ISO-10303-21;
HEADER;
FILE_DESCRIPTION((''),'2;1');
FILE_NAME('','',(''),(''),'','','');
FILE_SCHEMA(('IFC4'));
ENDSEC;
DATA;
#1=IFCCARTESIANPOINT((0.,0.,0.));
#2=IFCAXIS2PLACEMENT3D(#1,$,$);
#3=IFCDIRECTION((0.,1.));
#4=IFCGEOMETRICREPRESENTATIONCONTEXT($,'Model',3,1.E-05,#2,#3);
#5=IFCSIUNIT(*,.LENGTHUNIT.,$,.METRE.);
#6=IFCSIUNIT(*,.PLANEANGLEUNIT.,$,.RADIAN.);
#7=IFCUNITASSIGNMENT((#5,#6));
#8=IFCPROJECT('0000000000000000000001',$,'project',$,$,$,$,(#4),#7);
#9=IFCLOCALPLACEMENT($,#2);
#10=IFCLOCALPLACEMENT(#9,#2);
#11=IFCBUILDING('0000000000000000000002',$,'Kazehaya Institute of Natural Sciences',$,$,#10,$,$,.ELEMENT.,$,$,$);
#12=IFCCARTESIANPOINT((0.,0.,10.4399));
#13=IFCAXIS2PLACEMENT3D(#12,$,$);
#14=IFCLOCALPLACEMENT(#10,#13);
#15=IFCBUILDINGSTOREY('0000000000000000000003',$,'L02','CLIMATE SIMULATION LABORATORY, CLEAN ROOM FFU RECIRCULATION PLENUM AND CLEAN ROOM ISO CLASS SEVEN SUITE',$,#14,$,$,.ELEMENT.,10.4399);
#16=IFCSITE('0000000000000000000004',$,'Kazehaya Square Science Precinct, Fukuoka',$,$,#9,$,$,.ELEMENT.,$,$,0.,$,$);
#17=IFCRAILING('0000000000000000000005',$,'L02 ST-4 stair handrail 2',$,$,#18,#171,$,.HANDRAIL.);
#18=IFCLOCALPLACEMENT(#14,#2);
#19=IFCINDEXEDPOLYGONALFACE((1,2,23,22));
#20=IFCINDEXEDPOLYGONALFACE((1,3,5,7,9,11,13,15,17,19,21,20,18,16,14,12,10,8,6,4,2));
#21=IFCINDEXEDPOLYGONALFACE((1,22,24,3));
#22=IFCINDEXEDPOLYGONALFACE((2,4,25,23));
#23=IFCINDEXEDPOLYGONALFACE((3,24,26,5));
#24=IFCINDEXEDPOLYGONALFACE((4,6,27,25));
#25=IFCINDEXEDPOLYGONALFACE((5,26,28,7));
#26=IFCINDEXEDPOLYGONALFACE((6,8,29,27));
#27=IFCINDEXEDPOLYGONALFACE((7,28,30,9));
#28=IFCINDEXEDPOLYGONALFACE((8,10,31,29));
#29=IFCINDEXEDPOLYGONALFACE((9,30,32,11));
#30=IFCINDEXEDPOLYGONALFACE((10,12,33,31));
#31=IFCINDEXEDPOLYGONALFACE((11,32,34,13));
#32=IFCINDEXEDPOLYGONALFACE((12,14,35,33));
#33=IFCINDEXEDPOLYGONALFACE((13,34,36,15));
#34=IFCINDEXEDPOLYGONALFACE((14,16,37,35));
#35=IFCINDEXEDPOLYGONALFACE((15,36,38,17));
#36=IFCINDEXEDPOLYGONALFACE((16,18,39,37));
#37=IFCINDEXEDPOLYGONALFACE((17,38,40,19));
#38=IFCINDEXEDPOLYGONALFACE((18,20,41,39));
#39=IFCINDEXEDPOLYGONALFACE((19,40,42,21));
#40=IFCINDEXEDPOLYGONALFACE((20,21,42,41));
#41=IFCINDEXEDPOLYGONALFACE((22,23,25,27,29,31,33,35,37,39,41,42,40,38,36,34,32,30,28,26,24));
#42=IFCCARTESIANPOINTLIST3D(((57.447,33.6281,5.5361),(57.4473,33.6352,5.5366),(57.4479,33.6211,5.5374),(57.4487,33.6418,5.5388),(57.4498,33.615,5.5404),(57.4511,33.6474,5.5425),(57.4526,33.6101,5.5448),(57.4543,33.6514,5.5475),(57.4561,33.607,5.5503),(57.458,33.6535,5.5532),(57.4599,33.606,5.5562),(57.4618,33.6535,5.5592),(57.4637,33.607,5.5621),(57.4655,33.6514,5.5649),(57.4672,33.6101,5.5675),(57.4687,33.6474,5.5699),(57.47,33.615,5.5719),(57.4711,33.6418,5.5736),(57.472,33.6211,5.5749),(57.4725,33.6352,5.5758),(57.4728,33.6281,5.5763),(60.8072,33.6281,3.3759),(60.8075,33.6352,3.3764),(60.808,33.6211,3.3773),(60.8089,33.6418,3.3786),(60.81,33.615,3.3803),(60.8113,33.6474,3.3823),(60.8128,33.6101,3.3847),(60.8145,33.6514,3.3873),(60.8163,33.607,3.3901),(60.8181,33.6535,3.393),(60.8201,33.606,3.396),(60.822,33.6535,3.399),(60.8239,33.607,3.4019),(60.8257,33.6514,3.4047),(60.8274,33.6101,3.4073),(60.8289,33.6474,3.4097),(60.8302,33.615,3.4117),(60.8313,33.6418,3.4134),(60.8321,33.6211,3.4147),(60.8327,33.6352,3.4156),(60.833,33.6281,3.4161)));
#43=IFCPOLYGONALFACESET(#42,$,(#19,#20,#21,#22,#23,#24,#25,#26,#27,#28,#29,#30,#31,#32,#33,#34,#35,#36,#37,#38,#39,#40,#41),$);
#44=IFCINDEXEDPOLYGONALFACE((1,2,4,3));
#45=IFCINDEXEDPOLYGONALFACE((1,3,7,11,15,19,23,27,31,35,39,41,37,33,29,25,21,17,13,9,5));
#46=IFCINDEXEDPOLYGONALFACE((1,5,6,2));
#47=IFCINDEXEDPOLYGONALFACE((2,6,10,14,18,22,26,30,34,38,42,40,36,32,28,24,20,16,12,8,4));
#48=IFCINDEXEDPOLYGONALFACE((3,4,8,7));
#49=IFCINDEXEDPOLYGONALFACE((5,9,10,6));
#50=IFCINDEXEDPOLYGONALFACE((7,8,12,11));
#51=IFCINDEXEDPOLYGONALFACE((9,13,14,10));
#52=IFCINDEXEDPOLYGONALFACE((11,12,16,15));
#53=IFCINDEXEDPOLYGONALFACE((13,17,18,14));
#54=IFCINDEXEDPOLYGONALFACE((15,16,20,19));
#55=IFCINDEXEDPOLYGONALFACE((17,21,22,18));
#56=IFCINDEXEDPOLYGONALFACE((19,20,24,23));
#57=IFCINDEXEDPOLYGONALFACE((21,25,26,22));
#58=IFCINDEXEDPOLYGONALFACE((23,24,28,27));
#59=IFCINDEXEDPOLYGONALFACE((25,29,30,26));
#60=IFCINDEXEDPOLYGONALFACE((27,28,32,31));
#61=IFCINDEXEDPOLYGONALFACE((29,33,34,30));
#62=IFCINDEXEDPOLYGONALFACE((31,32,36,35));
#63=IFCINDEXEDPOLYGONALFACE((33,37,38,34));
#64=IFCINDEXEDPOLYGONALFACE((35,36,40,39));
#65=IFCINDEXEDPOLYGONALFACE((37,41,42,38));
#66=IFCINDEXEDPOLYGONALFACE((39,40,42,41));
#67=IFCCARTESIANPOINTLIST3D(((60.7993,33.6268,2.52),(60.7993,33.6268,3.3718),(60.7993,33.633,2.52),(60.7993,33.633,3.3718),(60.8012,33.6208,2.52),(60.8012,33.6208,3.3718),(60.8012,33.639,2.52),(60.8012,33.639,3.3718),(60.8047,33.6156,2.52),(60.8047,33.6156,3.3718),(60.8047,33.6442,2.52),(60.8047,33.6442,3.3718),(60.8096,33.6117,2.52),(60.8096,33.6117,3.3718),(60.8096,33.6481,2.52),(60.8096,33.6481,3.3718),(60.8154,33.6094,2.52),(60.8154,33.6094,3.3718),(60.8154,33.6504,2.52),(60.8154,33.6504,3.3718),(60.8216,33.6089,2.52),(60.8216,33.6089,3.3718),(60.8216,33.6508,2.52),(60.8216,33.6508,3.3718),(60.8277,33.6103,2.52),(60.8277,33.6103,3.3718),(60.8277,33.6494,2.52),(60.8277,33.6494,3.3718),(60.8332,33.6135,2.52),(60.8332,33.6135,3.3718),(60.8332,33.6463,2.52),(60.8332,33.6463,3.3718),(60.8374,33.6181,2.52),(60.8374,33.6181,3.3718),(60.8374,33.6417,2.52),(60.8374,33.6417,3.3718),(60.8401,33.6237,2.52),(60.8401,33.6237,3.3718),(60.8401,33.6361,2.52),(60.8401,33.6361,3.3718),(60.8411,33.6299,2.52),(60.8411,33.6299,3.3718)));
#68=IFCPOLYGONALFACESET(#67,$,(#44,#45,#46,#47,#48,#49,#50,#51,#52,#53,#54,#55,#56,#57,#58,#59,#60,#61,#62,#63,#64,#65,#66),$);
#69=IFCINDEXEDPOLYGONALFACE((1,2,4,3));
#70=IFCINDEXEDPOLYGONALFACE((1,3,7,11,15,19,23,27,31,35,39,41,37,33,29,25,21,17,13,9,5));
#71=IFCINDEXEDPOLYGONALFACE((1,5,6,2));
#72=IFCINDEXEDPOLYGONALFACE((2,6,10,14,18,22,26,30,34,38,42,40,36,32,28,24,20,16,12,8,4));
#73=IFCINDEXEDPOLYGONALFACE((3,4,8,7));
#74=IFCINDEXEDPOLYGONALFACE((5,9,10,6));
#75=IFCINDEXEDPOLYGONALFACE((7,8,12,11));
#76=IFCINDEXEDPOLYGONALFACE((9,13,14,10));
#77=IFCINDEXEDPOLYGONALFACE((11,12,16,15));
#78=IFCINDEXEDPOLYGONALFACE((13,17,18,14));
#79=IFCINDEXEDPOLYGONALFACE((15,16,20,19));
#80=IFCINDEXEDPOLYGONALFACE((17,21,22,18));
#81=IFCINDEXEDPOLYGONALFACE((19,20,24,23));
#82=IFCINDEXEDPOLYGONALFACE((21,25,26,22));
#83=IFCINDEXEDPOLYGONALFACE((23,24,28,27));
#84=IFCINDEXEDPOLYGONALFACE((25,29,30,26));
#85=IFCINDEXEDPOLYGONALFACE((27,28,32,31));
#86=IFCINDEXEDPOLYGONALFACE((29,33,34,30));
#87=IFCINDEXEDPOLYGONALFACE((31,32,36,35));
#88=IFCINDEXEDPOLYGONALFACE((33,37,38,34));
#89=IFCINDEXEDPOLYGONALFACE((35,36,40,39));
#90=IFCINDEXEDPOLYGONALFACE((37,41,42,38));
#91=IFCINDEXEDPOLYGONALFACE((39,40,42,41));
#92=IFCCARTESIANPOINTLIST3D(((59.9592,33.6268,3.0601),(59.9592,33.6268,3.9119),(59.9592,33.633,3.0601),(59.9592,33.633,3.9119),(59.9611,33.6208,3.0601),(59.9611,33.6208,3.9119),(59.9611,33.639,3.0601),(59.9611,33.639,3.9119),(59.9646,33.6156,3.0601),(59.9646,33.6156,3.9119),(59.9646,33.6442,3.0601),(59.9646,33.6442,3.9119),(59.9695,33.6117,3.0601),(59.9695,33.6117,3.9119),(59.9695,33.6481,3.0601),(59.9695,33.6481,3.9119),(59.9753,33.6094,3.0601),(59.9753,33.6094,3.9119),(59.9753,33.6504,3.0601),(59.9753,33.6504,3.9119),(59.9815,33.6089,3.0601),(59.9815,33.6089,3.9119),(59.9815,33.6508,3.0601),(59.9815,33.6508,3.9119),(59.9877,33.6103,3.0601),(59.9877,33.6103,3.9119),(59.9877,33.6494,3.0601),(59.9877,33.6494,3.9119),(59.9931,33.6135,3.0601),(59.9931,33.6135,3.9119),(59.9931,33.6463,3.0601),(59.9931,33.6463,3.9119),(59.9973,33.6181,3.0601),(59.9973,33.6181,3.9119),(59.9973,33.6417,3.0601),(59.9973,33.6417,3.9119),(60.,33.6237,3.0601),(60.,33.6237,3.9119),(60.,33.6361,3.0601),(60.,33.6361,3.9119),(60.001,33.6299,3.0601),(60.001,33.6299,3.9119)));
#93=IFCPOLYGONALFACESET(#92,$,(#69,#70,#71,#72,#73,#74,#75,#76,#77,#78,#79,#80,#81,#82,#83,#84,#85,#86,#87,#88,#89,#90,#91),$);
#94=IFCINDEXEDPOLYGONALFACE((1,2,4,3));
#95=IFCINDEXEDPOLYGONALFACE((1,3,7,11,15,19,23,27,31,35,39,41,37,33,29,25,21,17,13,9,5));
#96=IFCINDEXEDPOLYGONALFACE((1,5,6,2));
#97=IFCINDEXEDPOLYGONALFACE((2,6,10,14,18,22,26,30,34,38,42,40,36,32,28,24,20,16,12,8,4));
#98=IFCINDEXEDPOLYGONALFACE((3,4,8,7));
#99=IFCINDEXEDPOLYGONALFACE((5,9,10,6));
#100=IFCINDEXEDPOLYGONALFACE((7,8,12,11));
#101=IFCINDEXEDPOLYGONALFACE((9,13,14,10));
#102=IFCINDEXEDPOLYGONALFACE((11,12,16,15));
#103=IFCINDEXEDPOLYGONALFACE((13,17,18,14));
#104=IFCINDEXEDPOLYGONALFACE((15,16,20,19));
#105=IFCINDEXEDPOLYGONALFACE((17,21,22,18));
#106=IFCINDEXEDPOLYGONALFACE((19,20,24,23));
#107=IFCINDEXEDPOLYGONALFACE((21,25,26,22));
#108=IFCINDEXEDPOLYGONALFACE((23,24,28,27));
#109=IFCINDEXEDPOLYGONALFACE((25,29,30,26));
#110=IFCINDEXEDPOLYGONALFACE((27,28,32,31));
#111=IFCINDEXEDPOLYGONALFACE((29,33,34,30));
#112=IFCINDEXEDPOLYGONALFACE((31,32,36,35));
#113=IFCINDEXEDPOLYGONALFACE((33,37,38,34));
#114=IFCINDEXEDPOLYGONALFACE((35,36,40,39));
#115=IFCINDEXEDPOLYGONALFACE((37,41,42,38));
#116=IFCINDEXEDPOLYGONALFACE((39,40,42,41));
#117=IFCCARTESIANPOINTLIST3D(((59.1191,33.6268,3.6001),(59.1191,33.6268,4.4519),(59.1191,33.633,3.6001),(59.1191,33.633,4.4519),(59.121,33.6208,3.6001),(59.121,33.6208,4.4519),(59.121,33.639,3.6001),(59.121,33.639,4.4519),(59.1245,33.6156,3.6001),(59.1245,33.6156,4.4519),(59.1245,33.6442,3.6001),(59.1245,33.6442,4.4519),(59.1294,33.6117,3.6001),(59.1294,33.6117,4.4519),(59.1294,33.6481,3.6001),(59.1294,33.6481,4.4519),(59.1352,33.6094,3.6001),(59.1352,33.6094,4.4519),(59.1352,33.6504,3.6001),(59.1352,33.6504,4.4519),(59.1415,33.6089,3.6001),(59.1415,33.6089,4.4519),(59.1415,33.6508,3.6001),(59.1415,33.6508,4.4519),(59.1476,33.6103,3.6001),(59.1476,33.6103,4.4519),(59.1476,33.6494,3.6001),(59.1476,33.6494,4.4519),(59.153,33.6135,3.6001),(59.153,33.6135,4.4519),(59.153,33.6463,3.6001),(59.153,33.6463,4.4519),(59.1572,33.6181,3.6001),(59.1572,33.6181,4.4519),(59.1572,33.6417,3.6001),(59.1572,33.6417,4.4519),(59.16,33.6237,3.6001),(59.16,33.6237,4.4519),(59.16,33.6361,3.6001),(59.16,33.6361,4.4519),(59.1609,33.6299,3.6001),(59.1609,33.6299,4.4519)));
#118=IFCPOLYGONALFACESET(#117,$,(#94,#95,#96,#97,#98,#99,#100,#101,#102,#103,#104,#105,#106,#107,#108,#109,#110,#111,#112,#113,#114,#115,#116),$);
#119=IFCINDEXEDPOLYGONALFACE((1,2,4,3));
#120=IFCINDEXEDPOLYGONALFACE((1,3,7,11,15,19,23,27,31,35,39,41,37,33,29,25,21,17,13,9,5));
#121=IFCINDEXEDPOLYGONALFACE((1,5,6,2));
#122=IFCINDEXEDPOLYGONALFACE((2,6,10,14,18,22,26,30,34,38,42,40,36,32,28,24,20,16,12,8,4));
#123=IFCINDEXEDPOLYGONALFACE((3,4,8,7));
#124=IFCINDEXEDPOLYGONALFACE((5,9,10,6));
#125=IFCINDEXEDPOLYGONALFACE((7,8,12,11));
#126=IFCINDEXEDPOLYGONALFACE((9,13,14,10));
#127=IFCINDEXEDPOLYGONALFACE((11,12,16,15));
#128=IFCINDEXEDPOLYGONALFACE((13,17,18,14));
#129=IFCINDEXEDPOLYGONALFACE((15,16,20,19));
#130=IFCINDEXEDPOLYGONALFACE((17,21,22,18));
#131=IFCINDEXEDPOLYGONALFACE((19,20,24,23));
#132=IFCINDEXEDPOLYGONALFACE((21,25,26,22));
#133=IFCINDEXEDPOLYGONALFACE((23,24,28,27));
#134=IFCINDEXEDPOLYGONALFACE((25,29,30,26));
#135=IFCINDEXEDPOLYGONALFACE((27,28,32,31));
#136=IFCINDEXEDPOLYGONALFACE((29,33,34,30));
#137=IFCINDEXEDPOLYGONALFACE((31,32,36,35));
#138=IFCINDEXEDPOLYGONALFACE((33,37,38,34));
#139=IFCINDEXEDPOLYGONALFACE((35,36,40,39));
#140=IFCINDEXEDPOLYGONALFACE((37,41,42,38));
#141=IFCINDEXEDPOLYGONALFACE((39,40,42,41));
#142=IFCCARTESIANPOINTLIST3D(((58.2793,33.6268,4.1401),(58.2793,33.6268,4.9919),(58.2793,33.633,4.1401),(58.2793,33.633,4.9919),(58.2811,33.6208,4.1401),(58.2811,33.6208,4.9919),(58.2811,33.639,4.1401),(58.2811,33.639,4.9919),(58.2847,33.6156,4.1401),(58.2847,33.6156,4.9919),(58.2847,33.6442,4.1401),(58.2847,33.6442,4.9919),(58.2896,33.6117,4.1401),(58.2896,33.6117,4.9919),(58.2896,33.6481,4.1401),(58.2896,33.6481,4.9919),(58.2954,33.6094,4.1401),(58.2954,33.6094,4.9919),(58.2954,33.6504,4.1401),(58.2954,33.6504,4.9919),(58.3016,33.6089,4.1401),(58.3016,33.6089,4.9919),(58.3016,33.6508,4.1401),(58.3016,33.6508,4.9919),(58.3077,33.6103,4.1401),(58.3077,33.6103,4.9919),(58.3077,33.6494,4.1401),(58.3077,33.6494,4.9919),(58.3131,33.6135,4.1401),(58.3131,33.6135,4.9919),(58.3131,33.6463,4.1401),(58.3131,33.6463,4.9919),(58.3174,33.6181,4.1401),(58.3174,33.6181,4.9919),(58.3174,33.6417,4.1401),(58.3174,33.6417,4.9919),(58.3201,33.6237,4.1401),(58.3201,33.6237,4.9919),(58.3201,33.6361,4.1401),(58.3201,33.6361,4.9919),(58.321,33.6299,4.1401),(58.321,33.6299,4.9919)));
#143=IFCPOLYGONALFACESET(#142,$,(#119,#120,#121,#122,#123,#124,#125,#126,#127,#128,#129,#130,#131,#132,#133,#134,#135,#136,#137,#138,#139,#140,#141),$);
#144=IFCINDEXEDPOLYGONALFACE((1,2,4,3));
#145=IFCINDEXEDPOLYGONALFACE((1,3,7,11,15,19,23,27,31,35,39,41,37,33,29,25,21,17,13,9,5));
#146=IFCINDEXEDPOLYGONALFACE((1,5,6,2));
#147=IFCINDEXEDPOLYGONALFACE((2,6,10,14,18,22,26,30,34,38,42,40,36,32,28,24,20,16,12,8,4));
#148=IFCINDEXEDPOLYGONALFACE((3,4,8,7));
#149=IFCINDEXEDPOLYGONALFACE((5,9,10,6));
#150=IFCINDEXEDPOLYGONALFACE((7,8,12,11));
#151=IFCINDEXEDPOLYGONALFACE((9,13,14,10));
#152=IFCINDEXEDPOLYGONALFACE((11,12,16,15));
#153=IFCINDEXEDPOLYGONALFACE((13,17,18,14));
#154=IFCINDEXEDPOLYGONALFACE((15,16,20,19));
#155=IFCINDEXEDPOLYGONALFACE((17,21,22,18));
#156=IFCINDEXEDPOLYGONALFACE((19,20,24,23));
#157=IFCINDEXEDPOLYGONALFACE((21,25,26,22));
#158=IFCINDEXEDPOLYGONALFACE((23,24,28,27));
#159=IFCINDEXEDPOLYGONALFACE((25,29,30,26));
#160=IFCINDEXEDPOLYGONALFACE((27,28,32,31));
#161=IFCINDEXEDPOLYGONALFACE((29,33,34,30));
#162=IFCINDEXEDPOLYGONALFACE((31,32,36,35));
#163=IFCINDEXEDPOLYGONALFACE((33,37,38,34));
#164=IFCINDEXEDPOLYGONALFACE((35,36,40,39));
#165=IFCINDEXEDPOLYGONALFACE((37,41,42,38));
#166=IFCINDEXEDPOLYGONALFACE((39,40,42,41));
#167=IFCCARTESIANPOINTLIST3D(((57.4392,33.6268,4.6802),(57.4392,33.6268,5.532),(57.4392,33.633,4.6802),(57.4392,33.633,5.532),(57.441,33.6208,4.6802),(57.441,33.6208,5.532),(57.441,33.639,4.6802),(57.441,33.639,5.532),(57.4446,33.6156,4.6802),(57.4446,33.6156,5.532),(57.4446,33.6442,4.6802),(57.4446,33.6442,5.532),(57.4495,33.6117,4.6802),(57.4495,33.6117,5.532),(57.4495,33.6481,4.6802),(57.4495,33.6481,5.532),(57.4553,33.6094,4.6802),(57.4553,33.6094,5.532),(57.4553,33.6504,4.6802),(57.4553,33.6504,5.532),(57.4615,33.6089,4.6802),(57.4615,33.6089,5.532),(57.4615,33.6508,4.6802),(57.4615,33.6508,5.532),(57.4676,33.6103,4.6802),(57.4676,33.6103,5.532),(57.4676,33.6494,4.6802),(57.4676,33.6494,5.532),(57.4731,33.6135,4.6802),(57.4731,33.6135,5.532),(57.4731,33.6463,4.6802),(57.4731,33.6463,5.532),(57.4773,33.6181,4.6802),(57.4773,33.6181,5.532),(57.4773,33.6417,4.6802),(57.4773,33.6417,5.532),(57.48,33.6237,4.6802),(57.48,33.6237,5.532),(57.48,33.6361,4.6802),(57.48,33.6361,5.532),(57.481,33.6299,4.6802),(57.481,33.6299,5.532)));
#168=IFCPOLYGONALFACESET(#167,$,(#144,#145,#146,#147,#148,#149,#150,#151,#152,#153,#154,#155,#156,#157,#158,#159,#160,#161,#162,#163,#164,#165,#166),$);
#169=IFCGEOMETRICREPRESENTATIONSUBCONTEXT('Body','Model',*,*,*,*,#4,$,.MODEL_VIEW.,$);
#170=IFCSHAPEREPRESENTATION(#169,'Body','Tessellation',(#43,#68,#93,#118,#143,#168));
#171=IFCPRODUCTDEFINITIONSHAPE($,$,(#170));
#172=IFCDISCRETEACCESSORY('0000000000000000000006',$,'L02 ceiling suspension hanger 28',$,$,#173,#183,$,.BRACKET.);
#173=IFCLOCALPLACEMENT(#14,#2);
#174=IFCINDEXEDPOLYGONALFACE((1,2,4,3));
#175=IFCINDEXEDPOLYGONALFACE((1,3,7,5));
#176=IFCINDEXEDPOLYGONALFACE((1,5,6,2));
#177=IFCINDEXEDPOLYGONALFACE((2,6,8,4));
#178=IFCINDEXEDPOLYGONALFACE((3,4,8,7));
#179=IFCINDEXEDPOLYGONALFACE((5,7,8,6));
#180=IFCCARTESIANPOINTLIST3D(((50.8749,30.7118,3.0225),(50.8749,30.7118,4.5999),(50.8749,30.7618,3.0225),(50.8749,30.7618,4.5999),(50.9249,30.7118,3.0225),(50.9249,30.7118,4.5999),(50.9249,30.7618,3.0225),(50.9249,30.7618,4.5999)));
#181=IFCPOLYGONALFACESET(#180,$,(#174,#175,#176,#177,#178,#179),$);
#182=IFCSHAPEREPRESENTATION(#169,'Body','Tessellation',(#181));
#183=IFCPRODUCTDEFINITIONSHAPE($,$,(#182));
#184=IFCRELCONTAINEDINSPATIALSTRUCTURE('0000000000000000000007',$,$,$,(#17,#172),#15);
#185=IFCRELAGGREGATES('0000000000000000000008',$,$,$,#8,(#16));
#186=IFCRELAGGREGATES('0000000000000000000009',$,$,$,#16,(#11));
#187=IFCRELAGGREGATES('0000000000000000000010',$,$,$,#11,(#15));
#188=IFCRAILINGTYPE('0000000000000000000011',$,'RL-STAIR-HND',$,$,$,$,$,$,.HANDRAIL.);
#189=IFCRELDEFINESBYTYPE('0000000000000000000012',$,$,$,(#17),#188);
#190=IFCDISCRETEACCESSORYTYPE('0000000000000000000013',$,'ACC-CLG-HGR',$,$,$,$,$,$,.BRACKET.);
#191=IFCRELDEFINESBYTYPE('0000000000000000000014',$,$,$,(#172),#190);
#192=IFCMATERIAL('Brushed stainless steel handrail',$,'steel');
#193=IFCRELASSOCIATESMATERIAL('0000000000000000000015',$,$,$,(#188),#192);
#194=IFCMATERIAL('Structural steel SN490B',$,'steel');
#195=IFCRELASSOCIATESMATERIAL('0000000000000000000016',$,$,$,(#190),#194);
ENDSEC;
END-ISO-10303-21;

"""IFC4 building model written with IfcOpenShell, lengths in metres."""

from ifc_helpers import new_model, si_unit, direction, frame, origin, origin_2d, place, context, subcontext, project, spatial, rectangle, circle, extrude, material, type_object, element, save


model = new_model("IFC4")

# Units and contexts
model_context = context("Model", 3, precision=1e-05, world=origin(), true_north=direction((0.0, 1.0)))
body_context = subcontext(model_context, "Body", "Model", "MODEL_VIEW")
ifc_project = project(units=[si_unit("LENGTHUNIT", "METRE"), si_unit("PLANEANGLEUNIT", "RADIAN")], contexts=[model_context])

# Site, building, storey
site_placement = place(None, origin())
site = spatial("IfcSite", under=ifc_project, at=site_placement, Name="Kazehaya Square Science Precinct, Fukuoka", CompositionType="ELEMENT", RefElevation=0.0)
building_placement = place(site_placement, origin())
building = spatial("IfcBuilding", under=site, at=building_placement, Name="Kazehaya Institute of Natural Sciences", CompositionType="ELEMENT")
storey_placement = place(building_placement, frame((0.0, 0.0, 10.4399)))
storey = spatial("IfcBuildingStorey", under=building, at=storey_placement, Name="L02", Description="CLIMATE SIMULATION LABORATORY, CLEAN ROOM FFU RECIRCULATION PLENUM AND CLEAN ROOM ISO CLASS SEVEN SUITE", CompositionType="ELEMENT", Elevation=10.4399)

# Shared definitions
ifc_material_1 = material(Name="Structural steel SN490B", Category="steel")

# Railing
ifc_material_2 = material(Name="Brushed stainless steel handrail", Category="steel")
railing_type_1 = type_object("IfcRailingType", Name="RL-STAIR-HND", PredefinedType="HANDRAIL", material=ifc_material_2)
railing_1_placement = place(storey_placement, frame((60.8201, 33.6299, 2.52)))
element("IfcRailing", 1, at=railing_1_placement, inside=storey, type_object=railing_type_1, Name="L02 ST-4 stair handrail 2", PredefinedType="HANDRAIL", context=body_context, shape_type="SweptSolid", body=[
    extrude(circle(Radius=0.0239, at=origin_2d()), frame((0.0, 0.0, 0.876), z_axis=(-0.841169, 0.0, 0.540773), x_axis=(0.0, -1.0, 0.0)), (0.0, 0.0, 1.0), 3.9946),
    extrude(circle(Radius=0.021, at=origin_2d()), origin(), (0.0, 0.0, 1.0), 0.8518),
    extrude(circle(Radius=0.021, at=origin_2d()), frame((-0.8401, 0.0, 0.54)), (0.0, 0.0, 1.0), 0.8518),
    extrude(circle(Radius=0.021, at=origin_2d()), frame((-1.6802, 0.0, 1.0801)), (0.0, 0.0, 1.0), 0.8518),
    extrude(circle(Radius=0.021, at=origin_2d()), frame((-2.52, 0.0, 1.6201)), (0.0, 0.0, 1.0), 0.8518),
    extrude(circle(Radius=0.021, at=origin_2d()), frame((-3.3601, 0.0, 2.1602)), (0.0, 0.0, 1.0), 0.8518),
])

# Discrete accessory
discrete_accessory_type = type_object("IfcDiscreteAccessoryType", Name="ACC-CLG-HGR", PredefinedType="BRACKET", material=ifc_material_1)
discrete_accessory_placement = place(storey_placement, frame((50.8999, 30.7368, 3.0225), z_axis=(0.0, 0.0, 1.0), x_axis=(1.0, 0.0, 0.0)))
element("IfcDiscreteAccessory", 2, at=discrete_accessory_placement, inside=storey, type_object=discrete_accessory_type, Name="L02 ceiling suspension hanger 28", PredefinedType="BRACKET", context=body_context, shape_type="SweptSolid", body=[
    extrude(rectangle(XDim=0.05, YDim=0.05, at=origin_2d()), origin(), (0.0, 0.0, 1.0), 1.5774),
])

save(model, "model.ifc")
